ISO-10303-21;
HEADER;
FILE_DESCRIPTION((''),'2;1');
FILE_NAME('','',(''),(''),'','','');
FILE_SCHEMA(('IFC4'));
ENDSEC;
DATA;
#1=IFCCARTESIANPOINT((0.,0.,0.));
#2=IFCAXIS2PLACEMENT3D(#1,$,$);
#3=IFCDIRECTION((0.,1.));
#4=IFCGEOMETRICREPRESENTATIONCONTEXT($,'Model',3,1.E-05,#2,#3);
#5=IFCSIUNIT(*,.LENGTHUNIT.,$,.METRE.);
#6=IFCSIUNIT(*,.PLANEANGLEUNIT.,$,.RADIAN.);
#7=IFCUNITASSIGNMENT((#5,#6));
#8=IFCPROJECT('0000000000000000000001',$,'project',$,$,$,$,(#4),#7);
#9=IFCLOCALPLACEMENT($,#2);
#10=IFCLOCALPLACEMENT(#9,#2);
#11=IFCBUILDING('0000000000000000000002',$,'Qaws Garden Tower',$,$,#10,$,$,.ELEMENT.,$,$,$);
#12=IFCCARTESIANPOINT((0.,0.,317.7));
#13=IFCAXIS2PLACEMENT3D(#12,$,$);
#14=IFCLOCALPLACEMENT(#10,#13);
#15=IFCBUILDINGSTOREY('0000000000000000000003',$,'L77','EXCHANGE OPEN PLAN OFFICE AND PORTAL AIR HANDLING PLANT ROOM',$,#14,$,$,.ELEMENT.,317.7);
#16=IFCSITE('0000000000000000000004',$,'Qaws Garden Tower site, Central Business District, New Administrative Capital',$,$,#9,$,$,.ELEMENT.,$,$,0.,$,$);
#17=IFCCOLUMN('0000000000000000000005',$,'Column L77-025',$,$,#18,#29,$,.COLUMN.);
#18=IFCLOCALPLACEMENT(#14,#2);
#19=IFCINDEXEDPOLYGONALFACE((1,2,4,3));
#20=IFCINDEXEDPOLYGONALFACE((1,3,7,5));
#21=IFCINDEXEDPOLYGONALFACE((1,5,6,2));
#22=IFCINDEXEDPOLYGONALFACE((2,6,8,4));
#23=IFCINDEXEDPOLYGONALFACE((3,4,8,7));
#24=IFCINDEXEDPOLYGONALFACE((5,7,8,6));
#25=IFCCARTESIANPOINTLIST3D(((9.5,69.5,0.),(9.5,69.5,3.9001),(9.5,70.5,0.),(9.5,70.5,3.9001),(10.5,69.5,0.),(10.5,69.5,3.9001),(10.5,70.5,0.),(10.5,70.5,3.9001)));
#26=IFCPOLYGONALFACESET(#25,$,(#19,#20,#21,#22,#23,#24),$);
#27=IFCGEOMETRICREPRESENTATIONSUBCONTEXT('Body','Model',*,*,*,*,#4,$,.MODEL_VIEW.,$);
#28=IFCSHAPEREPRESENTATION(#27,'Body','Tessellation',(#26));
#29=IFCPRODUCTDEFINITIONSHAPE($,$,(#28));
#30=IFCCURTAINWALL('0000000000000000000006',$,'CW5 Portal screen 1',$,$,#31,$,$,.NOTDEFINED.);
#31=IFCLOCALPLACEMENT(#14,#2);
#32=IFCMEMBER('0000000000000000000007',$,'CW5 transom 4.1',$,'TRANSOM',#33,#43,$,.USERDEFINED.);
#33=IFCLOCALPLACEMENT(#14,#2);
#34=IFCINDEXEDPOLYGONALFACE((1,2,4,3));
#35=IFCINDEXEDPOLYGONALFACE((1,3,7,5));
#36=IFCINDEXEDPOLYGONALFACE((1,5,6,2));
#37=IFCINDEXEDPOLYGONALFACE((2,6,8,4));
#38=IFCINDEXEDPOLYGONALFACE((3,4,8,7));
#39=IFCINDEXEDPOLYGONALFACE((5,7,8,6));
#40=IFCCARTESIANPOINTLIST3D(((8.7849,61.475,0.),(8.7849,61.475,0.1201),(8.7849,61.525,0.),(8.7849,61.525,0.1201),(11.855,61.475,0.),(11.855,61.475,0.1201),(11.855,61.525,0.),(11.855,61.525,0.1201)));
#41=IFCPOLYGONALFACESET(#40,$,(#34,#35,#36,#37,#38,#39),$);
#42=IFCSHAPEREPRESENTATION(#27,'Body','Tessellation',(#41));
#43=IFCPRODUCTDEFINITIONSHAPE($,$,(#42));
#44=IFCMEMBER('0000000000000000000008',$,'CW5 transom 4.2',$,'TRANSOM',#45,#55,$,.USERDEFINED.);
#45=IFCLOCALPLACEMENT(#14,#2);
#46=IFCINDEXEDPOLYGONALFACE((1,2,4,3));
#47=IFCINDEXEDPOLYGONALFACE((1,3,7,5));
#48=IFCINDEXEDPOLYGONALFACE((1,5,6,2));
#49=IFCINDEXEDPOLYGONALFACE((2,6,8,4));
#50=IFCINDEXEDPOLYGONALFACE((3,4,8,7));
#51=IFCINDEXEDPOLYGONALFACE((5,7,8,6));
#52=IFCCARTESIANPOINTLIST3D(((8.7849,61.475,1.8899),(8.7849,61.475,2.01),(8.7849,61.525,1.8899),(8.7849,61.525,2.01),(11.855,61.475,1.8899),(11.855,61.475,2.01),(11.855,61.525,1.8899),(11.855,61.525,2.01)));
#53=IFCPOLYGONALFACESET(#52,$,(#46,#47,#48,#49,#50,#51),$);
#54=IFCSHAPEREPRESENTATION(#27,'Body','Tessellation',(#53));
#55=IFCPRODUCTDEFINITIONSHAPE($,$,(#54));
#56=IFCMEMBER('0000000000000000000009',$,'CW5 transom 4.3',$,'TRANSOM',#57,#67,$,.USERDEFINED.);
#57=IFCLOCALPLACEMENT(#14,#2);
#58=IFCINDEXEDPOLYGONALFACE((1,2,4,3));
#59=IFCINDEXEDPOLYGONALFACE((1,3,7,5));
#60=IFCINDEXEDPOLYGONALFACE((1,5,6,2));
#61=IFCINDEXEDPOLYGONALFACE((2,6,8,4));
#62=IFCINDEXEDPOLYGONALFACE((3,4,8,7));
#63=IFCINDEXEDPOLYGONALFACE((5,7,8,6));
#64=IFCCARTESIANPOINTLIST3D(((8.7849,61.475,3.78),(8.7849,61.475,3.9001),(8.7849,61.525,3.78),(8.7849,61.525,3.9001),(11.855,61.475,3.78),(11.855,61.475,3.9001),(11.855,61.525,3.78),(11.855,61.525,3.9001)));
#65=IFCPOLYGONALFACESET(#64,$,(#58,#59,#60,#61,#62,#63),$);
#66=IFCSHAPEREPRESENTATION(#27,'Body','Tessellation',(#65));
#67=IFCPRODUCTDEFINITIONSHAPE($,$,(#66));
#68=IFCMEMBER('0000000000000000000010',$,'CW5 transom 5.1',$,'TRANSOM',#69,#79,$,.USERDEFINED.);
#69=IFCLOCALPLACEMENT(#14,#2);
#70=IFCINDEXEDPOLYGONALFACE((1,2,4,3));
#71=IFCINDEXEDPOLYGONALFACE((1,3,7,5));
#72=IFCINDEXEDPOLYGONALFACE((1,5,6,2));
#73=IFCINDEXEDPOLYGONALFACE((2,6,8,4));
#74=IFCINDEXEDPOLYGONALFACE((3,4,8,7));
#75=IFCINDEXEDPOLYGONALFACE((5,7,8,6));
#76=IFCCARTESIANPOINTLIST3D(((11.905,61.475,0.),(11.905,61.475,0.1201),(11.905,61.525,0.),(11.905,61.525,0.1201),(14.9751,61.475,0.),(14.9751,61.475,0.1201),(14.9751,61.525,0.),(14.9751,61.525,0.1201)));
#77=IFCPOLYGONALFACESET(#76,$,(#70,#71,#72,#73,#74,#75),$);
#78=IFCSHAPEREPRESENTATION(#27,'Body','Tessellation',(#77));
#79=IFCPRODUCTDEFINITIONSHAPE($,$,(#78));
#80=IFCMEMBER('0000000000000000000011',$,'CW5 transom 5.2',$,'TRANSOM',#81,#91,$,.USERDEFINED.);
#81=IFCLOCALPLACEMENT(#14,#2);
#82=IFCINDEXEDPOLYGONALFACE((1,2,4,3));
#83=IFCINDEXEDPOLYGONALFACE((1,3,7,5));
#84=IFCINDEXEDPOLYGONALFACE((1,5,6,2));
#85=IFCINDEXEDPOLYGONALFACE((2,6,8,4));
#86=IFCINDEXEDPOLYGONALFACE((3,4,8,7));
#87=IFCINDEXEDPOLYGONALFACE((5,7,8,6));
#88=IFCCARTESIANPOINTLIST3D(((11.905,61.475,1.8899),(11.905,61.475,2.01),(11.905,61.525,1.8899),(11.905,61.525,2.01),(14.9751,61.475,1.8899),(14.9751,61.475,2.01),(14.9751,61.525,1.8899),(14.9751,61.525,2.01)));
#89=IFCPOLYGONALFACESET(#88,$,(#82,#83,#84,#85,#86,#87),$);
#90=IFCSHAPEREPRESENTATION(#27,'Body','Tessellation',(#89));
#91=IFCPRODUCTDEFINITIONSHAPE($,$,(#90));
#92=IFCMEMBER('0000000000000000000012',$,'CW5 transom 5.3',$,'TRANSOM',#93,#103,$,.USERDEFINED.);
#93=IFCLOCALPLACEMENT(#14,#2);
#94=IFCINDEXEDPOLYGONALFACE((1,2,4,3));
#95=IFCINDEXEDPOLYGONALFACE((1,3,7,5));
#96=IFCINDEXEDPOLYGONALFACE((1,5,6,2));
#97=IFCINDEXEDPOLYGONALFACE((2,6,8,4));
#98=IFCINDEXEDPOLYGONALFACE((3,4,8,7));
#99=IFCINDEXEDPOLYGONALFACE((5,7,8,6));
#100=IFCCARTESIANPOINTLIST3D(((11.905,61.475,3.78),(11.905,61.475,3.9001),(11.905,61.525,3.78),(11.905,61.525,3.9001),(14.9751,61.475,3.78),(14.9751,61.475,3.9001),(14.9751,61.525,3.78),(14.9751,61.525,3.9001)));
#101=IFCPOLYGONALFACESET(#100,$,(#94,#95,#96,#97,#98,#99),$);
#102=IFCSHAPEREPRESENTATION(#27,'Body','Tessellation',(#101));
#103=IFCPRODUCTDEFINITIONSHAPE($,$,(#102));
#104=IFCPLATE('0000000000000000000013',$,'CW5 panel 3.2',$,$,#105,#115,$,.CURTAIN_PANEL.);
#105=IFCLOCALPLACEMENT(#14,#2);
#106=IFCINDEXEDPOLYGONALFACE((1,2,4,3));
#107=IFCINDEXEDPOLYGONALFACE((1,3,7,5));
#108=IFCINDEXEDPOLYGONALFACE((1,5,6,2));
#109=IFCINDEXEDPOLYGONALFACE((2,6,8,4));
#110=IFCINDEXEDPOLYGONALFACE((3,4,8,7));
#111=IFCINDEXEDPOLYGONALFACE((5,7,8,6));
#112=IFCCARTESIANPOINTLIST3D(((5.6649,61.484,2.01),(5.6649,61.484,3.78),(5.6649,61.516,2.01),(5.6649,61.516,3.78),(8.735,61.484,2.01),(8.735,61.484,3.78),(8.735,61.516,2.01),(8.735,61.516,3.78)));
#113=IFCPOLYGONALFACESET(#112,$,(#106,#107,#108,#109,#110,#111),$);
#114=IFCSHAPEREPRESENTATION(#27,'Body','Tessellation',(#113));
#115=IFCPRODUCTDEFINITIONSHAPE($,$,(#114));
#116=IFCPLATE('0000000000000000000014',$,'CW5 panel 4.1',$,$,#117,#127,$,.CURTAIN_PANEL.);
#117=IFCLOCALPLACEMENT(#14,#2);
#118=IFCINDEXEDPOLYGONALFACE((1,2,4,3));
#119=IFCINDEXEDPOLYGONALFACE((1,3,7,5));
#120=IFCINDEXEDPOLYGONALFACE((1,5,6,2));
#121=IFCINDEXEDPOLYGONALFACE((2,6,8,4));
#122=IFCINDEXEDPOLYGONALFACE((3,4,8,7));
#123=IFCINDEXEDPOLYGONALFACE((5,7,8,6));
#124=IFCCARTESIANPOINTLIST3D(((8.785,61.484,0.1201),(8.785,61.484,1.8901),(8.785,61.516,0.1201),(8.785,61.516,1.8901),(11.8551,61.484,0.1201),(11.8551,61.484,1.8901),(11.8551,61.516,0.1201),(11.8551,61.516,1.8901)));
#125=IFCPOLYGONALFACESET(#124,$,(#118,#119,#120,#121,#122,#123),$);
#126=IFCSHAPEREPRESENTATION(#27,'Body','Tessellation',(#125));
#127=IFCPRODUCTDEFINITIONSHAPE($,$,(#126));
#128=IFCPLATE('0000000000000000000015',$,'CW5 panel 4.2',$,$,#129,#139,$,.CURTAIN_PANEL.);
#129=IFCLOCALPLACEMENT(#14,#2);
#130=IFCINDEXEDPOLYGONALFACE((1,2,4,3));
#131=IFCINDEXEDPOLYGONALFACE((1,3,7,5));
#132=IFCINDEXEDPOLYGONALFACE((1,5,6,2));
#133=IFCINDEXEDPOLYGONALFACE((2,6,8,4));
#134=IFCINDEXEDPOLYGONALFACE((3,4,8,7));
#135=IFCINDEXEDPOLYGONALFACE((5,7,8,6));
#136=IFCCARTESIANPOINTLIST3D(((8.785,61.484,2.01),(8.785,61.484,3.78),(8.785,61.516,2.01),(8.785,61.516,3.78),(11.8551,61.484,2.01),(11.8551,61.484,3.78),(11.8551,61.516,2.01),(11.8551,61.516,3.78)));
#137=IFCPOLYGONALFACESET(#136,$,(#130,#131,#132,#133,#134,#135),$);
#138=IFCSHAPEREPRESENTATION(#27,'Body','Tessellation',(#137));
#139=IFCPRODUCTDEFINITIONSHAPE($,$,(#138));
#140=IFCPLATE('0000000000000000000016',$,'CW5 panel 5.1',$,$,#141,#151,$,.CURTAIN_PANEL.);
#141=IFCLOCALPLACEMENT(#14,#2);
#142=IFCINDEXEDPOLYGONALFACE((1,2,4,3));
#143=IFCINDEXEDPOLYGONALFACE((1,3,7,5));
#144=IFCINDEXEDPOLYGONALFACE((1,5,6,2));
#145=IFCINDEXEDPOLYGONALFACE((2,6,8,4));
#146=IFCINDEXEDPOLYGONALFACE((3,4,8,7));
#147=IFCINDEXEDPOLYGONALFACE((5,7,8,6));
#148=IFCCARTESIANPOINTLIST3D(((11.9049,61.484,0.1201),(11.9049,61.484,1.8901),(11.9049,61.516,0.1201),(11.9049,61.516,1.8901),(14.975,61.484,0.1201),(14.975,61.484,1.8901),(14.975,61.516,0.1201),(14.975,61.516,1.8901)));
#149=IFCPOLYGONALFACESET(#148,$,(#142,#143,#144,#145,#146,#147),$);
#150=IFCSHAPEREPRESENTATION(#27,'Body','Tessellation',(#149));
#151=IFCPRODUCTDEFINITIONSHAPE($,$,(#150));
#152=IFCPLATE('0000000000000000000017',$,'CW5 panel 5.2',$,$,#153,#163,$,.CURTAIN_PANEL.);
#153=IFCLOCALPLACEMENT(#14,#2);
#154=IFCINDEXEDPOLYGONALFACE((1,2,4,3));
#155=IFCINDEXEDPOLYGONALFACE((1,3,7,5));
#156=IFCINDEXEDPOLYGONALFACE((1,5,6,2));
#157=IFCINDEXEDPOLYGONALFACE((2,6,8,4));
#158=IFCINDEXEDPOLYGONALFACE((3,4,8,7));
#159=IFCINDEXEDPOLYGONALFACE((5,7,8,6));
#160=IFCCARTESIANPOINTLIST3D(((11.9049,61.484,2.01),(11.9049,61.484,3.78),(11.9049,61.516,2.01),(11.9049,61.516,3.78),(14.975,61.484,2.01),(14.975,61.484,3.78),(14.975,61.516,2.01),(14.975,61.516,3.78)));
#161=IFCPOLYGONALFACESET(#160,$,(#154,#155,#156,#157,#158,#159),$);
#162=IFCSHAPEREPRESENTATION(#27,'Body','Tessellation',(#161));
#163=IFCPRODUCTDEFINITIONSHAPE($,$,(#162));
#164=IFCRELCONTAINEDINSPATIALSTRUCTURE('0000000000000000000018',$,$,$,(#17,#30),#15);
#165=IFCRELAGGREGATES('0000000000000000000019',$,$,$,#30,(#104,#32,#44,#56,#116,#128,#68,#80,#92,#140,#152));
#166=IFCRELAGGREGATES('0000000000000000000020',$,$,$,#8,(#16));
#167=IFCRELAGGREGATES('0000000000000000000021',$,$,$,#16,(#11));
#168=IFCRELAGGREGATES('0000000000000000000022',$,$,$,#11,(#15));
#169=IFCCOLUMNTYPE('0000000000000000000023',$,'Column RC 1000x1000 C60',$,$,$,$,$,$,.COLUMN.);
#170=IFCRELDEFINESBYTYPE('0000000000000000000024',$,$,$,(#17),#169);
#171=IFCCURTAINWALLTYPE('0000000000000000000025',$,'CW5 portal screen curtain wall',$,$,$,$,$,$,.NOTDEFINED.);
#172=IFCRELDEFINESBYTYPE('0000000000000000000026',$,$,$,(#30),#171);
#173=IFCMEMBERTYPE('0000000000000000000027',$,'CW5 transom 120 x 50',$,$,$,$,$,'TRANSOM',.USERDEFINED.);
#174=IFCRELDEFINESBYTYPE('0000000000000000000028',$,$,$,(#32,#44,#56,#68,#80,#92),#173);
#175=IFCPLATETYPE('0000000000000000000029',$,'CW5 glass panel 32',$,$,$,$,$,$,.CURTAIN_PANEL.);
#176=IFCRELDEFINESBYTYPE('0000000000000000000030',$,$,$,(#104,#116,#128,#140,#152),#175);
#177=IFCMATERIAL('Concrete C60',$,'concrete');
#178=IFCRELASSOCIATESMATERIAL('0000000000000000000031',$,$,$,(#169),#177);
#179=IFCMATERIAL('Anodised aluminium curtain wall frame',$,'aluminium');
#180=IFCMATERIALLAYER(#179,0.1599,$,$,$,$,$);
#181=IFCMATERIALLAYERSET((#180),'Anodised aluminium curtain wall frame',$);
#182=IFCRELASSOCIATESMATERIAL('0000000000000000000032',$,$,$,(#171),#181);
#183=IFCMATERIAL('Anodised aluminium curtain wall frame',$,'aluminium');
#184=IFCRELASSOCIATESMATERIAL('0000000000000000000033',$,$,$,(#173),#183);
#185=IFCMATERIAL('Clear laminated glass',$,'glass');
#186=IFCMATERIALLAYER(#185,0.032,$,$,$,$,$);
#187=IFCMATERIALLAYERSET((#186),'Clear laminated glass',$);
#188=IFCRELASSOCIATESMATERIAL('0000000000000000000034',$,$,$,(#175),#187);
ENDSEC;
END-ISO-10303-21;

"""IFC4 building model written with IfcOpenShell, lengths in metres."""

from ifc_helpers import new_model, si_unit, direction, frame, origin, origin_2d, place, context, subcontext, project, spatial, rectangle, extrude, material, layer, layer_set, material_profile, profile_set, type_object, element, aggregate, save


model = new_model("IFC4")

# Units and contexts
model_context = context("Model", 3, precision=1e-05, world=origin(), true_north=direction((0.0, 1.0)))
body_context = subcontext(model_context, "Body", "Model", "MODEL_VIEW")
ifc_project = project(units=[si_unit("LENGTHUNIT", "METRE"), si_unit("PLANEANGLEUNIT", "RADIAN")], contexts=[model_context])

# Site, building, storey
site_placement = place(None, origin())
site = spatial("IfcSite", under=ifc_project, at=site_placement, Name="Qaws Garden Tower site, Central Business District, New Administrative Capital", CompositionType="ELEMENT", RefElevation=0.0)
building_placement = place(site_placement, origin())
building = spatial("IfcBuilding", under=site, at=building_placement, Name="Qaws Garden Tower", CompositionType="ELEMENT")
storey_placement = place(building_placement, frame((0.0, 0.0, 317.7)))
storey = spatial("IfcBuildingStorey", under=building, at=storey_placement, Name="L77", Description="EXCHANGE OPEN PLAN OFFICE AND PORTAL AIR HANDLING PLANT ROOM", CompositionType="ELEMENT", Elevation=317.7)

# Column
ifc_material_1 = material(Name="Concrete C60", Category="concrete")
ifc_material_profile_1 = material_profile(ifc_material_1, rectangle(XDim=1.0, YDim=1.0, at=origin_2d()), Name="RC 1000x1000")
ifc_profile_set_1 = profile_set([ifc_material_profile_1], Name="Concrete C60")
column_type = type_object("IfcColumnType", Name="Column RC 1000x1000 C60", PredefinedType="COLUMN", material=ifc_profile_set_1)
column_placement = place(storey_placement, frame((10.0, 70.0, 0.0), z_axis=(0.0, 0.0, 1.0), x_axis=(1.0, 0.0, 0.0)))
element("IfcColumn", 1, at=column_placement, inside=storey, type_object=column_type, Name="Column L77-025", PredefinedType="COLUMN", context=body_context, shape_type="SweptSolid", body=[
    extrude(rectangle(XDim=1.0, YDim=1.0, at=origin_2d()), origin(), (0.0, 0.0, 1.0), 3.9001),
])

# Curtain wall, members, plates
ifc_material_2 = material(Name="Anodised aluminium curtain wall frame", Category="aluminium")
ifc_layer_1 = layer(ifc_material_2, 0.1599)
ifc_layer_set_1 = layer_set([ifc_layer_1], Name="Anodised aluminium curtain wall frame")
curtain_wall_type = type_object("IfcCurtainWallType", Name="CW5 portal screen curtain wall", PredefinedType="NOTDEFINED", material=ifc_layer_set_1)
placement = place(storey_placement, origin())
curtain_wall = element("IfcCurtainWall", 2, at=placement, inside=storey, type_object=curtain_wall_type, Name="CW5 Portal screen 1", PredefinedType="NOTDEFINED")
ifc_material_3 = material(Name="Anodised aluminium curtain wall frame", Category="aluminium")
ifc_material_profile_2 = material_profile(ifc_material_3, rectangle(XDim=0.05, YDim=0.1201, at=origin_2d()), Name="AL 50x120")
ifc_profile_set_2 = profile_set([ifc_material_profile_2], Name="Anodised aluminium curtain wall frame")
member_type = type_object("IfcMemberType", Name="CW5 transom 120 x 50", ElementType="TRANSOM", PredefinedType="USERDEFINED", material=ifc_profile_set_2)
member_1_placement = place(storey_placement, frame((8.7849, 61.5, 0.0601), z_axis=(1.0, 0.0, 0.0), x_axis=(0.0, 1.0, 0.0)))
member_1 = element("IfcMember", 3, at=member_1_placement, type_object=member_type, Name="CW5 transom 4.1", ObjectType="TRANSOM", PredefinedType="USERDEFINED", context=body_context, shape_type="SweptSolid", body=[
    extrude(rectangle(XDim=0.05, YDim=0.1201, at=origin_2d()), origin(), (0.0, 0.0, 1.0), 3.0701),
])
member_2_placement = place(storey_placement, frame((8.7849, 61.5, 1.95), z_axis=(1.0, 0.0, 0.0), x_axis=(0.0, 1.0, 0.0)))
member_2 = element("IfcMember", 4, at=member_2_placement, type_object=member_type, Name="CW5 transom 4.2", ObjectType="TRANSOM", PredefinedType="USERDEFINED", context=body_context, shape_type="SweptSolid", body=[
    extrude(rectangle(XDim=0.05, YDim=0.1201, at=origin_2d()), origin(), (0.0, 0.0, 1.0), 3.0701),
])
member_3_placement = place(storey_placement, frame((8.7849, 61.5, 3.8401), z_axis=(1.0, 0.0, 0.0), x_axis=(0.0, 1.0, 0.0)))
member_3 = element("IfcMember", 5, at=member_3_placement, type_object=member_type, Name="CW5 transom 4.3", ObjectType="TRANSOM", PredefinedType="USERDEFINED", context=body_context, shape_type="SweptSolid", body=[
    extrude(rectangle(XDim=0.05, YDim=0.1201, at=origin_2d()), origin(), (0.0, 0.0, 1.0), 3.0701),
])
member_4_placement = place(storey_placement, frame((11.905, 61.5, 0.0601), z_axis=(1.0, 0.0, 0.0), x_axis=(0.0, 1.0, 0.0)))
member_4 = element("IfcMember", 6, at=member_4_placement, type_object=member_type, Name="CW5 transom 5.1", ObjectType="TRANSOM", PredefinedType="USERDEFINED", context=body_context, shape_type="SweptSolid", body=[
    extrude(rectangle(XDim=0.05, YDim=0.1201, at=origin_2d()), origin(), (0.0, 0.0, 1.0), 3.0701),
])
member_5_placement = place(storey_placement, frame((11.905, 61.5, 1.95), z_axis=(1.0, 0.0, 0.0), x_axis=(0.0, 1.0, 0.0)))
member_5 = element("IfcMember", 7, at=member_5_placement, type_object=member_type, Name="CW5 transom 5.2", ObjectType="TRANSOM", PredefinedType="USERDEFINED", context=body_context, shape_type="SweptSolid", body=[
    extrude(rectangle(XDim=0.05, YDim=0.1201, at=origin_2d()), origin(), (0.0, 0.0, 1.0), 3.0701),
])
member_6_placement = place(storey_placement, frame((11.905, 61.5, 3.8401), z_axis=(1.0, 0.0, 0.0), x_axis=(0.0, 1.0, 0.0)))
member_6 = element("IfcMember", 8, at=member_6_placement, type_object=member_type, Name="CW5 transom 5.3", ObjectType="TRANSOM", PredefinedType="USERDEFINED", context=body_context, shape_type="SweptSolid", body=[
    extrude(rectangle(XDim=0.05, YDim=0.1201, at=origin_2d()), origin(), (0.0, 0.0, 1.0), 3.0701),
])
ifc_material_4 = material(Name="Clear laminated glass", Category="glass")
ifc_layer_2 = layer(ifc_material_4, 0.032)
ifc_layer_set_2 = layer_set([ifc_layer_2], Name="Clear laminated glass")
plate_type = type_object("IfcPlateType", Name="CW5 glass panel 32", PredefinedType="CURTAIN_PANEL", material=ifc_layer_set_2)
plate_1_placement = place(storey_placement, frame((7.2, 61.5, 2.01), z_axis=(0.0, 0.0, 1.0), x_axis=(1.0, 0.0, 0.0)))
plate_1 = element("IfcPlate", 9, at=plate_1_placement, type_object=plate_type, Name="CW5 panel 3.2", PredefinedType="CURTAIN_PANEL", context=body_context, shape_type="SweptSolid", body=[
    extrude(rectangle(XDim=3.0701, YDim=0.032, at=origin_2d()), origin(), (0.0, 0.0, 1.0), 1.77),
])
plate_2_placement = place(storey_placement, frame((10.3201, 61.5, 0.1201), z_axis=(0.0, 0.0, 1.0), x_axis=(1.0, 0.0, 0.0)))
plate_2 = element("IfcPlate", 10, at=plate_2_placement, type_object=plate_type, Name="CW5 panel 4.1", PredefinedType="CURTAIN_PANEL", context=body_context, shape_type="SweptSolid", body=[
    extrude(rectangle(XDim=3.0701, YDim=0.032, at=origin_2d()), origin(), (0.0, 0.0, 1.0), 1.77),
])
plate_3_placement = place(storey_placement, frame((10.3201, 61.5, 2.01), z_axis=(0.0, 0.0, 1.0), x_axis=(1.0, 0.0, 0.0)))
plate_3 = element("IfcPlate", 11, at=plate_3_placement, type_object=plate_type, Name="CW5 panel 4.2", PredefinedType="CURTAIN_PANEL", context=body_context, shape_type="SweptSolid", body=[
    extrude(rectangle(XDim=3.0701, YDim=0.032, at=origin_2d()), origin(), (0.0, 0.0, 1.0), 1.77),
])
plate_4_placement = place(storey_placement, frame((13.4399, 61.5, 0.1201), z_axis=(0.0, 0.0, 1.0), x_axis=(1.0, 0.0, 0.0)))
plate_4 = element("IfcPlate", 12, at=plate_4_placement, type_object=plate_type, Name="CW5 panel 5.1", PredefinedType="CURTAIN_PANEL", context=body_context, shape_type="SweptSolid", body=[
    extrude(rectangle(XDim=3.0701, YDim=0.032, at=origin_2d()), origin(), (0.0, 0.0, 1.0), 1.77),
])
plate_5_placement = place(storey_placement, frame((13.4399, 61.5, 2.01), z_axis=(0.0, 0.0, 1.0), x_axis=(1.0, 0.0, 0.0)))
plate_5 = element("IfcPlate", 13, at=plate_5_placement, type_object=plate_type, Name="CW5 panel 5.2", PredefinedType="CURTAIN_PANEL", context=body_context, shape_type="SweptSolid", body=[
    extrude(rectangle(XDim=3.0701, YDim=0.032, at=origin_2d()), origin(), (0.0, 0.0, 1.0), 1.77),
])
aggregate(curtain_wall, [plate_1, member_1, member_2, member_3, plate_2, plate_3, member_4, member_5, member_6, plate_4, plate_5])

save(model, "model.ifc")
